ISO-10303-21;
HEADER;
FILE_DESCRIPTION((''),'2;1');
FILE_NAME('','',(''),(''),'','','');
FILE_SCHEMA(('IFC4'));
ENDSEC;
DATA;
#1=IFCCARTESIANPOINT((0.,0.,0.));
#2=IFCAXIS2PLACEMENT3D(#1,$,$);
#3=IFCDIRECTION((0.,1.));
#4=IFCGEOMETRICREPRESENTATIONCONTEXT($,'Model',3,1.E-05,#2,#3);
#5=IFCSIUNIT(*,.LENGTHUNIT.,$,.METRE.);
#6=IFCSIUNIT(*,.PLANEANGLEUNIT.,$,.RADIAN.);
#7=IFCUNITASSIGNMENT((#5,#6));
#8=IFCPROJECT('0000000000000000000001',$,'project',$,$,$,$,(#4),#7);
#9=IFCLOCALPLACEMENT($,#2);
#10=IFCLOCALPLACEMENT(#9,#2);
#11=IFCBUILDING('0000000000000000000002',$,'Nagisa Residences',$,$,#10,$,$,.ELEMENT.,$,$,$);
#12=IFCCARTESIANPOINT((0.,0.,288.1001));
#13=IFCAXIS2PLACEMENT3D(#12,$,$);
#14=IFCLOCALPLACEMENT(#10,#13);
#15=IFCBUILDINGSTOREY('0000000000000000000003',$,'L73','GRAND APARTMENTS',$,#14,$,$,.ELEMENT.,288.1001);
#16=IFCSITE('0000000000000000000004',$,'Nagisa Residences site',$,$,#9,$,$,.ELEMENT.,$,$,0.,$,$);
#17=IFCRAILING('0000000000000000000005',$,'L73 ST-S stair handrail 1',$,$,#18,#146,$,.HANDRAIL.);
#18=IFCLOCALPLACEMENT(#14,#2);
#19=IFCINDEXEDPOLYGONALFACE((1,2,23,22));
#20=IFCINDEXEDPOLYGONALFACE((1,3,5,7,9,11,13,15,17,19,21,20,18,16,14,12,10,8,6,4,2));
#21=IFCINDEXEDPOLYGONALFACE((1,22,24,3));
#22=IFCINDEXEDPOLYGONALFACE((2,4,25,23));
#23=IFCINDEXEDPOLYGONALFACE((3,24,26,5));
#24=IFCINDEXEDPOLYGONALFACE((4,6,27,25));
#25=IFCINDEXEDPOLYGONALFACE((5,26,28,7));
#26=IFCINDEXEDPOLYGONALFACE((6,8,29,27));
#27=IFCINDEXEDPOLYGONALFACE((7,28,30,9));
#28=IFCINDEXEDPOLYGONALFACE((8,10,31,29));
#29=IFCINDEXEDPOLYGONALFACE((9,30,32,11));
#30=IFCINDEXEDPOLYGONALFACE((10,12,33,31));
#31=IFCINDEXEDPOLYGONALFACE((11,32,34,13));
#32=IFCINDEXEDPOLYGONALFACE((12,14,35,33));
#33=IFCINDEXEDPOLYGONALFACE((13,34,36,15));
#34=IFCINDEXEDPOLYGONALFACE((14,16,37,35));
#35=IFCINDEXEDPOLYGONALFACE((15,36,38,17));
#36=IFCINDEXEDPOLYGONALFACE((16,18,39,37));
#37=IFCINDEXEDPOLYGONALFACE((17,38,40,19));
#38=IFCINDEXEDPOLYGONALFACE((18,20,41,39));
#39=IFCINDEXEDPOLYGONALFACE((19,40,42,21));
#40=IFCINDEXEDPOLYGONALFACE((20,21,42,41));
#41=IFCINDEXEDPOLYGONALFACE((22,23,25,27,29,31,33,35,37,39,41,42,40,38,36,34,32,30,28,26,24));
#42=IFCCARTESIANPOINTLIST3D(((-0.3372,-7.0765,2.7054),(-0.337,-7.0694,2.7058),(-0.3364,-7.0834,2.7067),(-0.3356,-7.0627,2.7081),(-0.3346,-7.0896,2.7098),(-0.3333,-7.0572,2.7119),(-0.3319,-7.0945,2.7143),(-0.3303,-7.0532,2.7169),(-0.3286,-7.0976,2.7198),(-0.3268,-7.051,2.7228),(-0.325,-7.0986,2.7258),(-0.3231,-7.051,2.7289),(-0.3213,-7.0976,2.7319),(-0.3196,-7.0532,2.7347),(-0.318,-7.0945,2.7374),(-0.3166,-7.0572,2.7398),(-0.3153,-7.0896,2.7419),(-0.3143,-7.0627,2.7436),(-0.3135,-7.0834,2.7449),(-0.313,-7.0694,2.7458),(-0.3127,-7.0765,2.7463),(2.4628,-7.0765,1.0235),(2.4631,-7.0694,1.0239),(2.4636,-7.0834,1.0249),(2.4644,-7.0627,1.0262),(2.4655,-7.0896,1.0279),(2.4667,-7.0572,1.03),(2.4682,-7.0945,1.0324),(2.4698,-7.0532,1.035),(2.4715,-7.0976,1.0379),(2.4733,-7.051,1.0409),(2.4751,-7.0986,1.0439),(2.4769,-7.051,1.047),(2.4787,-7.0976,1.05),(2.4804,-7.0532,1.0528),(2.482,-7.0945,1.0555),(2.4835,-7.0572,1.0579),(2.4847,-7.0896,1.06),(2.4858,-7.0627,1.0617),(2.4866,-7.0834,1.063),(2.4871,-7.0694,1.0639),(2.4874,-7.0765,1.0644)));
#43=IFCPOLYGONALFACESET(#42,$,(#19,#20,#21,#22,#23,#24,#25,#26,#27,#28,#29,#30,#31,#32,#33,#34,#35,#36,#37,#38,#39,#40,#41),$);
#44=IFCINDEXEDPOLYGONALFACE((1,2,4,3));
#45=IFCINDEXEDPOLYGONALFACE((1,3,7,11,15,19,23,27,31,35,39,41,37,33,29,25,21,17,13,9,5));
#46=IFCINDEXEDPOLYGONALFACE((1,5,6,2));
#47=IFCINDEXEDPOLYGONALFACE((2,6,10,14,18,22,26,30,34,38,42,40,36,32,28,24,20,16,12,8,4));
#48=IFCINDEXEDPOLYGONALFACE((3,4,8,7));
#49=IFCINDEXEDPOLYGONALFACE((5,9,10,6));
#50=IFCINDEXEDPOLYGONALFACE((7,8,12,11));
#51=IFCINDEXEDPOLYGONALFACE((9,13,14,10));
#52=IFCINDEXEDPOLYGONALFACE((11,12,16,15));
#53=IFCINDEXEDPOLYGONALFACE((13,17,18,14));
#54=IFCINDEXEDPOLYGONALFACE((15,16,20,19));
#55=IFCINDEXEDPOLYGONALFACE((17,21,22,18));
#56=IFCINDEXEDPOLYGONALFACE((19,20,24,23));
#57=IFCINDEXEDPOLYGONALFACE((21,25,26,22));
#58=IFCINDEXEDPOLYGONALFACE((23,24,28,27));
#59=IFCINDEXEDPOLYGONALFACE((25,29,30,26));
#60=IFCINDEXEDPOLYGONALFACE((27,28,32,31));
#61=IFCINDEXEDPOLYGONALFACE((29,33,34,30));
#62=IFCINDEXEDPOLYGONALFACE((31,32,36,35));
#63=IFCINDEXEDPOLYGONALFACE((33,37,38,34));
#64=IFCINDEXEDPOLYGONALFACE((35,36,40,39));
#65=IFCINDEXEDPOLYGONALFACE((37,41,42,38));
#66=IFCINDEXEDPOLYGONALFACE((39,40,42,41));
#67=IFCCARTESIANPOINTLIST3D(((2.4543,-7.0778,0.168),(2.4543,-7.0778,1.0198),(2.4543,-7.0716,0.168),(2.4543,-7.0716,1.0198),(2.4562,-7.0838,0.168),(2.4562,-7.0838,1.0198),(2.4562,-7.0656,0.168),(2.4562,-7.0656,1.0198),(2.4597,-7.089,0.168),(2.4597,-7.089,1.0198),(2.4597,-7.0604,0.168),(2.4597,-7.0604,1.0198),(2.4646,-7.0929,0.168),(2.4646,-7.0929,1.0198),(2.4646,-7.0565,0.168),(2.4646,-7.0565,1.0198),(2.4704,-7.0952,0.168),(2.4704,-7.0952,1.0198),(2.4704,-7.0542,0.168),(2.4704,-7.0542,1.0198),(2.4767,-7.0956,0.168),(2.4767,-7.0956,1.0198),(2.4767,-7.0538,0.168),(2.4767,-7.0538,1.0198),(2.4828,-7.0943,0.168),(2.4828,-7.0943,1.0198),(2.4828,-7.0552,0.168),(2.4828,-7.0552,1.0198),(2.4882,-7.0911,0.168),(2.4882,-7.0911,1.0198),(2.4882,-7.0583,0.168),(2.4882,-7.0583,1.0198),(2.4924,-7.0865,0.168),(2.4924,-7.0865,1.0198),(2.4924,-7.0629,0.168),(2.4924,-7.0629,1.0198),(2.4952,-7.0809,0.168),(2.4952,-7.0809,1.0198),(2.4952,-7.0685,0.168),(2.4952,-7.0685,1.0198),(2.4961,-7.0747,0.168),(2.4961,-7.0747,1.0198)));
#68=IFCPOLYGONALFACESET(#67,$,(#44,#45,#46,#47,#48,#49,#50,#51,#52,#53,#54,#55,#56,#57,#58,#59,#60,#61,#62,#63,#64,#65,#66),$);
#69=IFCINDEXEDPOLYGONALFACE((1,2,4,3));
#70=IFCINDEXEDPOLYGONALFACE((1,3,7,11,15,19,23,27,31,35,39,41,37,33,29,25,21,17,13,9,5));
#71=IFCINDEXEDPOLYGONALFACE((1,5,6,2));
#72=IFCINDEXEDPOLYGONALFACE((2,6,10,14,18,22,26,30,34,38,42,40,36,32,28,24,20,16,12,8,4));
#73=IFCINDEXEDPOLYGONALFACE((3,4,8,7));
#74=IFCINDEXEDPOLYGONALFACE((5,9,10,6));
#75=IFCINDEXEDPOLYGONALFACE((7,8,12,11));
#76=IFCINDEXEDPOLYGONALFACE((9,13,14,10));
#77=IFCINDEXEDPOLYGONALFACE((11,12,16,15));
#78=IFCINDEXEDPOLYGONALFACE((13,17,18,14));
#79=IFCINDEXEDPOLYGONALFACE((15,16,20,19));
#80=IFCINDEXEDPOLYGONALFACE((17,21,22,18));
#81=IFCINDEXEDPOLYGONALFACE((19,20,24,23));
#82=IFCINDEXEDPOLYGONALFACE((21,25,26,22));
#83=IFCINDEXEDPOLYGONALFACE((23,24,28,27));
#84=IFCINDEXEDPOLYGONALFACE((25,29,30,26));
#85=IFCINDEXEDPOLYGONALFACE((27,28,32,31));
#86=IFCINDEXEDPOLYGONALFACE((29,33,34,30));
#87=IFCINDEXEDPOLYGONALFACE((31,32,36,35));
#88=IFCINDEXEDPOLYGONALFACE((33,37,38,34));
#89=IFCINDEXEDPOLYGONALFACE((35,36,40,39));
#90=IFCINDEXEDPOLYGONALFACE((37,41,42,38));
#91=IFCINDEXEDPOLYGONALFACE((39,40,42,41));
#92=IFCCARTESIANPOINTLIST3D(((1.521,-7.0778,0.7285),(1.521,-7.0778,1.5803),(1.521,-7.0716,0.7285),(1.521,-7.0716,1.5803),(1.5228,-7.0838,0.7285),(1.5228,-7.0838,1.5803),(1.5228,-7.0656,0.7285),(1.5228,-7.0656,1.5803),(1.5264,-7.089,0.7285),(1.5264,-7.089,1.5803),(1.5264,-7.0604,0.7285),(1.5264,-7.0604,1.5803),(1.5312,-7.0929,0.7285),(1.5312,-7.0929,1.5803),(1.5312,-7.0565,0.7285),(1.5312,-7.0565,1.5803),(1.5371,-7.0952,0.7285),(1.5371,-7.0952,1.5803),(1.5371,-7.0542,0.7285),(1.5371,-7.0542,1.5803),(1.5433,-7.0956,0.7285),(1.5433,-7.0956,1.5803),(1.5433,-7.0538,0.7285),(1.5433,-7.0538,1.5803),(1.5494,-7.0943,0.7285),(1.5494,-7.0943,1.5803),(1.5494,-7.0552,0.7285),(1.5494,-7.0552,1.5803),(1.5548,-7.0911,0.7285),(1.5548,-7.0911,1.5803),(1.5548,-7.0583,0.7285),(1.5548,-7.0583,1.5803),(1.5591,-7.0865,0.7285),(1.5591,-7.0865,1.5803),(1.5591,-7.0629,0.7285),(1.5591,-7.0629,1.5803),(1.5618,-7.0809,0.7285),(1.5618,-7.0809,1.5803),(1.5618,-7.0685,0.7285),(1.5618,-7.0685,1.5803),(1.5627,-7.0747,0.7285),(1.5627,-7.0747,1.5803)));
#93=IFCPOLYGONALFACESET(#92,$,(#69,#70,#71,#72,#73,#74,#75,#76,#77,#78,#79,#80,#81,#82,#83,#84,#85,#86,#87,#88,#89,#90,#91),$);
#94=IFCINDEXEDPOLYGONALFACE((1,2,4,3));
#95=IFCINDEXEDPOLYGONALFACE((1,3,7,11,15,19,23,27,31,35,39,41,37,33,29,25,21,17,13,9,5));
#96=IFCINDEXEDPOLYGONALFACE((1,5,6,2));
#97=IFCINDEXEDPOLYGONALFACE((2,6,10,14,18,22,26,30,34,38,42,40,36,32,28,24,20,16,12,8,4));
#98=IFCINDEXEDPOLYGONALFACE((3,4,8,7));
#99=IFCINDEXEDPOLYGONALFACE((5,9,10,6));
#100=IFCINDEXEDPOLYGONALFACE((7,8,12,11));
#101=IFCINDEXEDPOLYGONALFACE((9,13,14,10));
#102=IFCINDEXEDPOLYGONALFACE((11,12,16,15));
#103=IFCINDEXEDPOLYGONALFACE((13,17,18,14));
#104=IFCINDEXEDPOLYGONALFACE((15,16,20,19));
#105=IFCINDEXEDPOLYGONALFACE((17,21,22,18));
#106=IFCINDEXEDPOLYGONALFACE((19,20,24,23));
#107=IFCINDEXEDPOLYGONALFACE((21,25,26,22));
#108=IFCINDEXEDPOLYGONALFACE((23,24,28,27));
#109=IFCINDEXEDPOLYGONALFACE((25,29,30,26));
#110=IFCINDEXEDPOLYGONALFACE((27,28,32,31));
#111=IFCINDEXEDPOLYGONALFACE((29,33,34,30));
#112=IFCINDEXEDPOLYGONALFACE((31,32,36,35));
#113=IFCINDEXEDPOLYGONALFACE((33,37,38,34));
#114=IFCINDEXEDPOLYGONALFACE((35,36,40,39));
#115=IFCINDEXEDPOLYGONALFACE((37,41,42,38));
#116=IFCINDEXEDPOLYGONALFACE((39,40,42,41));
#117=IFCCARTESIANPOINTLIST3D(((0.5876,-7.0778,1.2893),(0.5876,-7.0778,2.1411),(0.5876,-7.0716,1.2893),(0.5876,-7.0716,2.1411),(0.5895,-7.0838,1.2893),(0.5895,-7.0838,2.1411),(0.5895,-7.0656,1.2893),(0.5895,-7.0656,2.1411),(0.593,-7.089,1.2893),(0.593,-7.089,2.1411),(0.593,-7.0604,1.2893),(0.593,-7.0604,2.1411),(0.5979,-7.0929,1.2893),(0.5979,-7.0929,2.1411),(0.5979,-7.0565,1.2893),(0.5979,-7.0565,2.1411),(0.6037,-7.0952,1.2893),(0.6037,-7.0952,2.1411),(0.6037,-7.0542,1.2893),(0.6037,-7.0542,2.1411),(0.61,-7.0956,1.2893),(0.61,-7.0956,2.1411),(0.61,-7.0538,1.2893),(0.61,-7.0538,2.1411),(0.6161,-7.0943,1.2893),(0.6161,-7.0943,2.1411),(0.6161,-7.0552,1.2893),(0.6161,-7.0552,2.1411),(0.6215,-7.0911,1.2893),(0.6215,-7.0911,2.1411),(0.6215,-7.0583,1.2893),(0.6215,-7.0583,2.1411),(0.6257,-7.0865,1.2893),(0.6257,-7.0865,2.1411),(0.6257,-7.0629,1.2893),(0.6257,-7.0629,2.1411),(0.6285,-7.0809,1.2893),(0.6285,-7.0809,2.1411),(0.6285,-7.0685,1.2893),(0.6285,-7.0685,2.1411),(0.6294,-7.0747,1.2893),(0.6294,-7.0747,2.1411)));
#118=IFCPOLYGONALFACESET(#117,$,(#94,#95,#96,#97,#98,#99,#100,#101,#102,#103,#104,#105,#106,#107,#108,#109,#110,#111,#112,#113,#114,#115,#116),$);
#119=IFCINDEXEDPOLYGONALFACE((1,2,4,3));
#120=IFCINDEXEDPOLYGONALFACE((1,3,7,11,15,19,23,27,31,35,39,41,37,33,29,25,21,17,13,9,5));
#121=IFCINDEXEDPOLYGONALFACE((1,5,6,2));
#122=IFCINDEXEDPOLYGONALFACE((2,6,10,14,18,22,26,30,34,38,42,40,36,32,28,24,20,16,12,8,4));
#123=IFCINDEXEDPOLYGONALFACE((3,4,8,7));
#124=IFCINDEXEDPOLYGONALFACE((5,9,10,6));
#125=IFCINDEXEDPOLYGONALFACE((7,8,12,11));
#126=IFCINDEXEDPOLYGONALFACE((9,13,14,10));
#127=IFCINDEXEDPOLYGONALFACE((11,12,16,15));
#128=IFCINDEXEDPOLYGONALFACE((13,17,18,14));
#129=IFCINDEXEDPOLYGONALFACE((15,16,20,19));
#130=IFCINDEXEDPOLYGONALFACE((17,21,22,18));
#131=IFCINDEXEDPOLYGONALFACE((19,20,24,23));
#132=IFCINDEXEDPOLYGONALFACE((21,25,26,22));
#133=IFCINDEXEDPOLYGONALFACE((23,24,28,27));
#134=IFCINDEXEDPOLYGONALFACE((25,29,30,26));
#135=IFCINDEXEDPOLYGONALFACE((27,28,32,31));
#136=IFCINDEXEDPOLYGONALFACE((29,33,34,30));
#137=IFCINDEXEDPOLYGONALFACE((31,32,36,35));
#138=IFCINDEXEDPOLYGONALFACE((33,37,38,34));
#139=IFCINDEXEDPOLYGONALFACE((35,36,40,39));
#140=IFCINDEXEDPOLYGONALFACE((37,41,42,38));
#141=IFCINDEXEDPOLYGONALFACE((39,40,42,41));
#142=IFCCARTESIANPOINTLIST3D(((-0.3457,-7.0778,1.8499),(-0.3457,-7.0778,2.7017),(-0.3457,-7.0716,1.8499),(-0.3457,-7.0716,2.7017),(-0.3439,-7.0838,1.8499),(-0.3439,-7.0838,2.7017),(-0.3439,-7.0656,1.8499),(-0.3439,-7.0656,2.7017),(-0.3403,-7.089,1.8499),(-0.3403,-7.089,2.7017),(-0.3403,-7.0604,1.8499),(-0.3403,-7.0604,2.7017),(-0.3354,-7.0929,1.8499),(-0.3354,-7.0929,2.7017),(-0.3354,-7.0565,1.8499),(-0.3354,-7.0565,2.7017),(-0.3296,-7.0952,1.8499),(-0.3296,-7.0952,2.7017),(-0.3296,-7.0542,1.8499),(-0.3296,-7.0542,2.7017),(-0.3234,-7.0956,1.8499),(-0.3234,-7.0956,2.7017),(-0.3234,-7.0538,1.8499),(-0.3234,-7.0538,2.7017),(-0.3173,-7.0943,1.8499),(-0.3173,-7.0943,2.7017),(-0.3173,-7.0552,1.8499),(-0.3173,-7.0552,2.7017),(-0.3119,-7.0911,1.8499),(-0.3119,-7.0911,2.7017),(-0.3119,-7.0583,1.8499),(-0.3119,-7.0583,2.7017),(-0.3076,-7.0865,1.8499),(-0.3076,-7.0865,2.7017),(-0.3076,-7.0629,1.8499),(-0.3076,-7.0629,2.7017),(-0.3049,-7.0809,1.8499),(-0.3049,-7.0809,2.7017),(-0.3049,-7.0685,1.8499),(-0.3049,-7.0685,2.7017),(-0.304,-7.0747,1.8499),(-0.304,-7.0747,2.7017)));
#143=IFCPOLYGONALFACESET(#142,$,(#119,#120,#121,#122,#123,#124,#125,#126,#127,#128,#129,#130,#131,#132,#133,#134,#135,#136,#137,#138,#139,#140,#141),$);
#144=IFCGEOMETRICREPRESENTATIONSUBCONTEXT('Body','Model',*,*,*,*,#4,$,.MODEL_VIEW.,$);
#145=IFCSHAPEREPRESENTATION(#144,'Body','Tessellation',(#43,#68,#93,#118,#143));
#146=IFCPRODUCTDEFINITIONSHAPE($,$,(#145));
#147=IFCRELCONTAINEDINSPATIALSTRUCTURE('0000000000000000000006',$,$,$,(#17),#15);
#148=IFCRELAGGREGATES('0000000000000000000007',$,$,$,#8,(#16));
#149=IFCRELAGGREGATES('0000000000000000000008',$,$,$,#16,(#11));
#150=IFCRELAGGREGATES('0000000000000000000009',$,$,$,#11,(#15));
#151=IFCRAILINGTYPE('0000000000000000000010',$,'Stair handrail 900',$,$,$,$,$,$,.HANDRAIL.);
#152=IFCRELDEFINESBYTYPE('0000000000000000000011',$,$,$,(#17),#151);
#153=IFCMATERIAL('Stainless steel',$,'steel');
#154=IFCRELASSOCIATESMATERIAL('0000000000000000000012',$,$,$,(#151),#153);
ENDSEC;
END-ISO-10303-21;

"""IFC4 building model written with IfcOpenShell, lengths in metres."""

from ifc_helpers import new_model, si_unit, direction, frame, origin, origin_2d, place, context, subcontext, project, spatial, circle, extrude, material, type_object, element, save


model = new_model("IFC4")

# Units and contexts
model_context = context("Model", 3, precision=1e-05, world=origin(), true_north=direction((0.0, 1.0)))
body_context = subcontext(model_context, "Body", "Model", "MODEL_VIEW")
ifc_project = project(units=[si_unit("LENGTHUNIT", "METRE"), si_unit("PLANEANGLEUNIT", "RADIAN")], contexts=[model_context])

# Site, building, storey
site_placement = place(None, origin())
site = spatial("IfcSite", under=ifc_project, at=site_placement, Name="Nagisa Residences site", CompositionType="ELEMENT", RefElevation=0.0)
building_placement = place(site_placement, origin())
building = spatial("IfcBuilding", under=site, at=building_placement, Name="Nagisa Residences", CompositionType="ELEMENT")
storey_placement = place(building_placement, frame((0.0, 0.0, 288.1001)))
storey = spatial("IfcBuildingStorey", under=building, at=storey_placement, Name="L73", Description="GRAND APARTMENTS", CompositionType="ELEMENT", Elevation=288.1001)

# Railing
ifc_material_1 = material(Name="Stainless steel", Category="steel")
railing_type_1 = type_object("IfcRailingType", Name="Stair handrail 900", PredefinedType="HANDRAIL", material=ifc_material_1)
railing_1_placement = place(storey_placement, frame((2.4751, -7.0747, 0.168)))
element("IfcRailing", 1, at=railing_1_placement, inside=storey, type_object=railing_type_1, Name="L73 ST-S stair handrail 1", PredefinedType="HANDRAIL", context=body_context, shape_type="SweptSolid", body=[
    extrude(circle(Radius=0.0239, at=origin_2d()), frame((0.0, 0.0, 0.876), z_axis=(-0.857242, 0.0, 0.514913), x_axis=(0.0, -1.0, 0.0)), (0.0, 0.0, 1.0), 3.2664),
    extrude(circle(Radius=0.021, at=origin_2d()), origin(), (0.0, 0.0, 1.0), 0.8518),
    extrude(circle(Radius=0.021, at=origin_2d()), frame((-0.9333, 0.0, 0.5605)), (0.0, 0.0, 1.0), 0.8518),
    extrude(circle(Radius=0.021, at=origin_2d()), frame((-1.8667, 0.0, 1.1213)), (0.0, 0.0, 1.0), 0.8518),
    extrude(circle(Radius=0.021, at=origin_2d()), frame((-2.8, 0.0, 1.6819)), (0.0, 0.0, 1.0), 0.8518),
])

save(model, "model.ifc")
